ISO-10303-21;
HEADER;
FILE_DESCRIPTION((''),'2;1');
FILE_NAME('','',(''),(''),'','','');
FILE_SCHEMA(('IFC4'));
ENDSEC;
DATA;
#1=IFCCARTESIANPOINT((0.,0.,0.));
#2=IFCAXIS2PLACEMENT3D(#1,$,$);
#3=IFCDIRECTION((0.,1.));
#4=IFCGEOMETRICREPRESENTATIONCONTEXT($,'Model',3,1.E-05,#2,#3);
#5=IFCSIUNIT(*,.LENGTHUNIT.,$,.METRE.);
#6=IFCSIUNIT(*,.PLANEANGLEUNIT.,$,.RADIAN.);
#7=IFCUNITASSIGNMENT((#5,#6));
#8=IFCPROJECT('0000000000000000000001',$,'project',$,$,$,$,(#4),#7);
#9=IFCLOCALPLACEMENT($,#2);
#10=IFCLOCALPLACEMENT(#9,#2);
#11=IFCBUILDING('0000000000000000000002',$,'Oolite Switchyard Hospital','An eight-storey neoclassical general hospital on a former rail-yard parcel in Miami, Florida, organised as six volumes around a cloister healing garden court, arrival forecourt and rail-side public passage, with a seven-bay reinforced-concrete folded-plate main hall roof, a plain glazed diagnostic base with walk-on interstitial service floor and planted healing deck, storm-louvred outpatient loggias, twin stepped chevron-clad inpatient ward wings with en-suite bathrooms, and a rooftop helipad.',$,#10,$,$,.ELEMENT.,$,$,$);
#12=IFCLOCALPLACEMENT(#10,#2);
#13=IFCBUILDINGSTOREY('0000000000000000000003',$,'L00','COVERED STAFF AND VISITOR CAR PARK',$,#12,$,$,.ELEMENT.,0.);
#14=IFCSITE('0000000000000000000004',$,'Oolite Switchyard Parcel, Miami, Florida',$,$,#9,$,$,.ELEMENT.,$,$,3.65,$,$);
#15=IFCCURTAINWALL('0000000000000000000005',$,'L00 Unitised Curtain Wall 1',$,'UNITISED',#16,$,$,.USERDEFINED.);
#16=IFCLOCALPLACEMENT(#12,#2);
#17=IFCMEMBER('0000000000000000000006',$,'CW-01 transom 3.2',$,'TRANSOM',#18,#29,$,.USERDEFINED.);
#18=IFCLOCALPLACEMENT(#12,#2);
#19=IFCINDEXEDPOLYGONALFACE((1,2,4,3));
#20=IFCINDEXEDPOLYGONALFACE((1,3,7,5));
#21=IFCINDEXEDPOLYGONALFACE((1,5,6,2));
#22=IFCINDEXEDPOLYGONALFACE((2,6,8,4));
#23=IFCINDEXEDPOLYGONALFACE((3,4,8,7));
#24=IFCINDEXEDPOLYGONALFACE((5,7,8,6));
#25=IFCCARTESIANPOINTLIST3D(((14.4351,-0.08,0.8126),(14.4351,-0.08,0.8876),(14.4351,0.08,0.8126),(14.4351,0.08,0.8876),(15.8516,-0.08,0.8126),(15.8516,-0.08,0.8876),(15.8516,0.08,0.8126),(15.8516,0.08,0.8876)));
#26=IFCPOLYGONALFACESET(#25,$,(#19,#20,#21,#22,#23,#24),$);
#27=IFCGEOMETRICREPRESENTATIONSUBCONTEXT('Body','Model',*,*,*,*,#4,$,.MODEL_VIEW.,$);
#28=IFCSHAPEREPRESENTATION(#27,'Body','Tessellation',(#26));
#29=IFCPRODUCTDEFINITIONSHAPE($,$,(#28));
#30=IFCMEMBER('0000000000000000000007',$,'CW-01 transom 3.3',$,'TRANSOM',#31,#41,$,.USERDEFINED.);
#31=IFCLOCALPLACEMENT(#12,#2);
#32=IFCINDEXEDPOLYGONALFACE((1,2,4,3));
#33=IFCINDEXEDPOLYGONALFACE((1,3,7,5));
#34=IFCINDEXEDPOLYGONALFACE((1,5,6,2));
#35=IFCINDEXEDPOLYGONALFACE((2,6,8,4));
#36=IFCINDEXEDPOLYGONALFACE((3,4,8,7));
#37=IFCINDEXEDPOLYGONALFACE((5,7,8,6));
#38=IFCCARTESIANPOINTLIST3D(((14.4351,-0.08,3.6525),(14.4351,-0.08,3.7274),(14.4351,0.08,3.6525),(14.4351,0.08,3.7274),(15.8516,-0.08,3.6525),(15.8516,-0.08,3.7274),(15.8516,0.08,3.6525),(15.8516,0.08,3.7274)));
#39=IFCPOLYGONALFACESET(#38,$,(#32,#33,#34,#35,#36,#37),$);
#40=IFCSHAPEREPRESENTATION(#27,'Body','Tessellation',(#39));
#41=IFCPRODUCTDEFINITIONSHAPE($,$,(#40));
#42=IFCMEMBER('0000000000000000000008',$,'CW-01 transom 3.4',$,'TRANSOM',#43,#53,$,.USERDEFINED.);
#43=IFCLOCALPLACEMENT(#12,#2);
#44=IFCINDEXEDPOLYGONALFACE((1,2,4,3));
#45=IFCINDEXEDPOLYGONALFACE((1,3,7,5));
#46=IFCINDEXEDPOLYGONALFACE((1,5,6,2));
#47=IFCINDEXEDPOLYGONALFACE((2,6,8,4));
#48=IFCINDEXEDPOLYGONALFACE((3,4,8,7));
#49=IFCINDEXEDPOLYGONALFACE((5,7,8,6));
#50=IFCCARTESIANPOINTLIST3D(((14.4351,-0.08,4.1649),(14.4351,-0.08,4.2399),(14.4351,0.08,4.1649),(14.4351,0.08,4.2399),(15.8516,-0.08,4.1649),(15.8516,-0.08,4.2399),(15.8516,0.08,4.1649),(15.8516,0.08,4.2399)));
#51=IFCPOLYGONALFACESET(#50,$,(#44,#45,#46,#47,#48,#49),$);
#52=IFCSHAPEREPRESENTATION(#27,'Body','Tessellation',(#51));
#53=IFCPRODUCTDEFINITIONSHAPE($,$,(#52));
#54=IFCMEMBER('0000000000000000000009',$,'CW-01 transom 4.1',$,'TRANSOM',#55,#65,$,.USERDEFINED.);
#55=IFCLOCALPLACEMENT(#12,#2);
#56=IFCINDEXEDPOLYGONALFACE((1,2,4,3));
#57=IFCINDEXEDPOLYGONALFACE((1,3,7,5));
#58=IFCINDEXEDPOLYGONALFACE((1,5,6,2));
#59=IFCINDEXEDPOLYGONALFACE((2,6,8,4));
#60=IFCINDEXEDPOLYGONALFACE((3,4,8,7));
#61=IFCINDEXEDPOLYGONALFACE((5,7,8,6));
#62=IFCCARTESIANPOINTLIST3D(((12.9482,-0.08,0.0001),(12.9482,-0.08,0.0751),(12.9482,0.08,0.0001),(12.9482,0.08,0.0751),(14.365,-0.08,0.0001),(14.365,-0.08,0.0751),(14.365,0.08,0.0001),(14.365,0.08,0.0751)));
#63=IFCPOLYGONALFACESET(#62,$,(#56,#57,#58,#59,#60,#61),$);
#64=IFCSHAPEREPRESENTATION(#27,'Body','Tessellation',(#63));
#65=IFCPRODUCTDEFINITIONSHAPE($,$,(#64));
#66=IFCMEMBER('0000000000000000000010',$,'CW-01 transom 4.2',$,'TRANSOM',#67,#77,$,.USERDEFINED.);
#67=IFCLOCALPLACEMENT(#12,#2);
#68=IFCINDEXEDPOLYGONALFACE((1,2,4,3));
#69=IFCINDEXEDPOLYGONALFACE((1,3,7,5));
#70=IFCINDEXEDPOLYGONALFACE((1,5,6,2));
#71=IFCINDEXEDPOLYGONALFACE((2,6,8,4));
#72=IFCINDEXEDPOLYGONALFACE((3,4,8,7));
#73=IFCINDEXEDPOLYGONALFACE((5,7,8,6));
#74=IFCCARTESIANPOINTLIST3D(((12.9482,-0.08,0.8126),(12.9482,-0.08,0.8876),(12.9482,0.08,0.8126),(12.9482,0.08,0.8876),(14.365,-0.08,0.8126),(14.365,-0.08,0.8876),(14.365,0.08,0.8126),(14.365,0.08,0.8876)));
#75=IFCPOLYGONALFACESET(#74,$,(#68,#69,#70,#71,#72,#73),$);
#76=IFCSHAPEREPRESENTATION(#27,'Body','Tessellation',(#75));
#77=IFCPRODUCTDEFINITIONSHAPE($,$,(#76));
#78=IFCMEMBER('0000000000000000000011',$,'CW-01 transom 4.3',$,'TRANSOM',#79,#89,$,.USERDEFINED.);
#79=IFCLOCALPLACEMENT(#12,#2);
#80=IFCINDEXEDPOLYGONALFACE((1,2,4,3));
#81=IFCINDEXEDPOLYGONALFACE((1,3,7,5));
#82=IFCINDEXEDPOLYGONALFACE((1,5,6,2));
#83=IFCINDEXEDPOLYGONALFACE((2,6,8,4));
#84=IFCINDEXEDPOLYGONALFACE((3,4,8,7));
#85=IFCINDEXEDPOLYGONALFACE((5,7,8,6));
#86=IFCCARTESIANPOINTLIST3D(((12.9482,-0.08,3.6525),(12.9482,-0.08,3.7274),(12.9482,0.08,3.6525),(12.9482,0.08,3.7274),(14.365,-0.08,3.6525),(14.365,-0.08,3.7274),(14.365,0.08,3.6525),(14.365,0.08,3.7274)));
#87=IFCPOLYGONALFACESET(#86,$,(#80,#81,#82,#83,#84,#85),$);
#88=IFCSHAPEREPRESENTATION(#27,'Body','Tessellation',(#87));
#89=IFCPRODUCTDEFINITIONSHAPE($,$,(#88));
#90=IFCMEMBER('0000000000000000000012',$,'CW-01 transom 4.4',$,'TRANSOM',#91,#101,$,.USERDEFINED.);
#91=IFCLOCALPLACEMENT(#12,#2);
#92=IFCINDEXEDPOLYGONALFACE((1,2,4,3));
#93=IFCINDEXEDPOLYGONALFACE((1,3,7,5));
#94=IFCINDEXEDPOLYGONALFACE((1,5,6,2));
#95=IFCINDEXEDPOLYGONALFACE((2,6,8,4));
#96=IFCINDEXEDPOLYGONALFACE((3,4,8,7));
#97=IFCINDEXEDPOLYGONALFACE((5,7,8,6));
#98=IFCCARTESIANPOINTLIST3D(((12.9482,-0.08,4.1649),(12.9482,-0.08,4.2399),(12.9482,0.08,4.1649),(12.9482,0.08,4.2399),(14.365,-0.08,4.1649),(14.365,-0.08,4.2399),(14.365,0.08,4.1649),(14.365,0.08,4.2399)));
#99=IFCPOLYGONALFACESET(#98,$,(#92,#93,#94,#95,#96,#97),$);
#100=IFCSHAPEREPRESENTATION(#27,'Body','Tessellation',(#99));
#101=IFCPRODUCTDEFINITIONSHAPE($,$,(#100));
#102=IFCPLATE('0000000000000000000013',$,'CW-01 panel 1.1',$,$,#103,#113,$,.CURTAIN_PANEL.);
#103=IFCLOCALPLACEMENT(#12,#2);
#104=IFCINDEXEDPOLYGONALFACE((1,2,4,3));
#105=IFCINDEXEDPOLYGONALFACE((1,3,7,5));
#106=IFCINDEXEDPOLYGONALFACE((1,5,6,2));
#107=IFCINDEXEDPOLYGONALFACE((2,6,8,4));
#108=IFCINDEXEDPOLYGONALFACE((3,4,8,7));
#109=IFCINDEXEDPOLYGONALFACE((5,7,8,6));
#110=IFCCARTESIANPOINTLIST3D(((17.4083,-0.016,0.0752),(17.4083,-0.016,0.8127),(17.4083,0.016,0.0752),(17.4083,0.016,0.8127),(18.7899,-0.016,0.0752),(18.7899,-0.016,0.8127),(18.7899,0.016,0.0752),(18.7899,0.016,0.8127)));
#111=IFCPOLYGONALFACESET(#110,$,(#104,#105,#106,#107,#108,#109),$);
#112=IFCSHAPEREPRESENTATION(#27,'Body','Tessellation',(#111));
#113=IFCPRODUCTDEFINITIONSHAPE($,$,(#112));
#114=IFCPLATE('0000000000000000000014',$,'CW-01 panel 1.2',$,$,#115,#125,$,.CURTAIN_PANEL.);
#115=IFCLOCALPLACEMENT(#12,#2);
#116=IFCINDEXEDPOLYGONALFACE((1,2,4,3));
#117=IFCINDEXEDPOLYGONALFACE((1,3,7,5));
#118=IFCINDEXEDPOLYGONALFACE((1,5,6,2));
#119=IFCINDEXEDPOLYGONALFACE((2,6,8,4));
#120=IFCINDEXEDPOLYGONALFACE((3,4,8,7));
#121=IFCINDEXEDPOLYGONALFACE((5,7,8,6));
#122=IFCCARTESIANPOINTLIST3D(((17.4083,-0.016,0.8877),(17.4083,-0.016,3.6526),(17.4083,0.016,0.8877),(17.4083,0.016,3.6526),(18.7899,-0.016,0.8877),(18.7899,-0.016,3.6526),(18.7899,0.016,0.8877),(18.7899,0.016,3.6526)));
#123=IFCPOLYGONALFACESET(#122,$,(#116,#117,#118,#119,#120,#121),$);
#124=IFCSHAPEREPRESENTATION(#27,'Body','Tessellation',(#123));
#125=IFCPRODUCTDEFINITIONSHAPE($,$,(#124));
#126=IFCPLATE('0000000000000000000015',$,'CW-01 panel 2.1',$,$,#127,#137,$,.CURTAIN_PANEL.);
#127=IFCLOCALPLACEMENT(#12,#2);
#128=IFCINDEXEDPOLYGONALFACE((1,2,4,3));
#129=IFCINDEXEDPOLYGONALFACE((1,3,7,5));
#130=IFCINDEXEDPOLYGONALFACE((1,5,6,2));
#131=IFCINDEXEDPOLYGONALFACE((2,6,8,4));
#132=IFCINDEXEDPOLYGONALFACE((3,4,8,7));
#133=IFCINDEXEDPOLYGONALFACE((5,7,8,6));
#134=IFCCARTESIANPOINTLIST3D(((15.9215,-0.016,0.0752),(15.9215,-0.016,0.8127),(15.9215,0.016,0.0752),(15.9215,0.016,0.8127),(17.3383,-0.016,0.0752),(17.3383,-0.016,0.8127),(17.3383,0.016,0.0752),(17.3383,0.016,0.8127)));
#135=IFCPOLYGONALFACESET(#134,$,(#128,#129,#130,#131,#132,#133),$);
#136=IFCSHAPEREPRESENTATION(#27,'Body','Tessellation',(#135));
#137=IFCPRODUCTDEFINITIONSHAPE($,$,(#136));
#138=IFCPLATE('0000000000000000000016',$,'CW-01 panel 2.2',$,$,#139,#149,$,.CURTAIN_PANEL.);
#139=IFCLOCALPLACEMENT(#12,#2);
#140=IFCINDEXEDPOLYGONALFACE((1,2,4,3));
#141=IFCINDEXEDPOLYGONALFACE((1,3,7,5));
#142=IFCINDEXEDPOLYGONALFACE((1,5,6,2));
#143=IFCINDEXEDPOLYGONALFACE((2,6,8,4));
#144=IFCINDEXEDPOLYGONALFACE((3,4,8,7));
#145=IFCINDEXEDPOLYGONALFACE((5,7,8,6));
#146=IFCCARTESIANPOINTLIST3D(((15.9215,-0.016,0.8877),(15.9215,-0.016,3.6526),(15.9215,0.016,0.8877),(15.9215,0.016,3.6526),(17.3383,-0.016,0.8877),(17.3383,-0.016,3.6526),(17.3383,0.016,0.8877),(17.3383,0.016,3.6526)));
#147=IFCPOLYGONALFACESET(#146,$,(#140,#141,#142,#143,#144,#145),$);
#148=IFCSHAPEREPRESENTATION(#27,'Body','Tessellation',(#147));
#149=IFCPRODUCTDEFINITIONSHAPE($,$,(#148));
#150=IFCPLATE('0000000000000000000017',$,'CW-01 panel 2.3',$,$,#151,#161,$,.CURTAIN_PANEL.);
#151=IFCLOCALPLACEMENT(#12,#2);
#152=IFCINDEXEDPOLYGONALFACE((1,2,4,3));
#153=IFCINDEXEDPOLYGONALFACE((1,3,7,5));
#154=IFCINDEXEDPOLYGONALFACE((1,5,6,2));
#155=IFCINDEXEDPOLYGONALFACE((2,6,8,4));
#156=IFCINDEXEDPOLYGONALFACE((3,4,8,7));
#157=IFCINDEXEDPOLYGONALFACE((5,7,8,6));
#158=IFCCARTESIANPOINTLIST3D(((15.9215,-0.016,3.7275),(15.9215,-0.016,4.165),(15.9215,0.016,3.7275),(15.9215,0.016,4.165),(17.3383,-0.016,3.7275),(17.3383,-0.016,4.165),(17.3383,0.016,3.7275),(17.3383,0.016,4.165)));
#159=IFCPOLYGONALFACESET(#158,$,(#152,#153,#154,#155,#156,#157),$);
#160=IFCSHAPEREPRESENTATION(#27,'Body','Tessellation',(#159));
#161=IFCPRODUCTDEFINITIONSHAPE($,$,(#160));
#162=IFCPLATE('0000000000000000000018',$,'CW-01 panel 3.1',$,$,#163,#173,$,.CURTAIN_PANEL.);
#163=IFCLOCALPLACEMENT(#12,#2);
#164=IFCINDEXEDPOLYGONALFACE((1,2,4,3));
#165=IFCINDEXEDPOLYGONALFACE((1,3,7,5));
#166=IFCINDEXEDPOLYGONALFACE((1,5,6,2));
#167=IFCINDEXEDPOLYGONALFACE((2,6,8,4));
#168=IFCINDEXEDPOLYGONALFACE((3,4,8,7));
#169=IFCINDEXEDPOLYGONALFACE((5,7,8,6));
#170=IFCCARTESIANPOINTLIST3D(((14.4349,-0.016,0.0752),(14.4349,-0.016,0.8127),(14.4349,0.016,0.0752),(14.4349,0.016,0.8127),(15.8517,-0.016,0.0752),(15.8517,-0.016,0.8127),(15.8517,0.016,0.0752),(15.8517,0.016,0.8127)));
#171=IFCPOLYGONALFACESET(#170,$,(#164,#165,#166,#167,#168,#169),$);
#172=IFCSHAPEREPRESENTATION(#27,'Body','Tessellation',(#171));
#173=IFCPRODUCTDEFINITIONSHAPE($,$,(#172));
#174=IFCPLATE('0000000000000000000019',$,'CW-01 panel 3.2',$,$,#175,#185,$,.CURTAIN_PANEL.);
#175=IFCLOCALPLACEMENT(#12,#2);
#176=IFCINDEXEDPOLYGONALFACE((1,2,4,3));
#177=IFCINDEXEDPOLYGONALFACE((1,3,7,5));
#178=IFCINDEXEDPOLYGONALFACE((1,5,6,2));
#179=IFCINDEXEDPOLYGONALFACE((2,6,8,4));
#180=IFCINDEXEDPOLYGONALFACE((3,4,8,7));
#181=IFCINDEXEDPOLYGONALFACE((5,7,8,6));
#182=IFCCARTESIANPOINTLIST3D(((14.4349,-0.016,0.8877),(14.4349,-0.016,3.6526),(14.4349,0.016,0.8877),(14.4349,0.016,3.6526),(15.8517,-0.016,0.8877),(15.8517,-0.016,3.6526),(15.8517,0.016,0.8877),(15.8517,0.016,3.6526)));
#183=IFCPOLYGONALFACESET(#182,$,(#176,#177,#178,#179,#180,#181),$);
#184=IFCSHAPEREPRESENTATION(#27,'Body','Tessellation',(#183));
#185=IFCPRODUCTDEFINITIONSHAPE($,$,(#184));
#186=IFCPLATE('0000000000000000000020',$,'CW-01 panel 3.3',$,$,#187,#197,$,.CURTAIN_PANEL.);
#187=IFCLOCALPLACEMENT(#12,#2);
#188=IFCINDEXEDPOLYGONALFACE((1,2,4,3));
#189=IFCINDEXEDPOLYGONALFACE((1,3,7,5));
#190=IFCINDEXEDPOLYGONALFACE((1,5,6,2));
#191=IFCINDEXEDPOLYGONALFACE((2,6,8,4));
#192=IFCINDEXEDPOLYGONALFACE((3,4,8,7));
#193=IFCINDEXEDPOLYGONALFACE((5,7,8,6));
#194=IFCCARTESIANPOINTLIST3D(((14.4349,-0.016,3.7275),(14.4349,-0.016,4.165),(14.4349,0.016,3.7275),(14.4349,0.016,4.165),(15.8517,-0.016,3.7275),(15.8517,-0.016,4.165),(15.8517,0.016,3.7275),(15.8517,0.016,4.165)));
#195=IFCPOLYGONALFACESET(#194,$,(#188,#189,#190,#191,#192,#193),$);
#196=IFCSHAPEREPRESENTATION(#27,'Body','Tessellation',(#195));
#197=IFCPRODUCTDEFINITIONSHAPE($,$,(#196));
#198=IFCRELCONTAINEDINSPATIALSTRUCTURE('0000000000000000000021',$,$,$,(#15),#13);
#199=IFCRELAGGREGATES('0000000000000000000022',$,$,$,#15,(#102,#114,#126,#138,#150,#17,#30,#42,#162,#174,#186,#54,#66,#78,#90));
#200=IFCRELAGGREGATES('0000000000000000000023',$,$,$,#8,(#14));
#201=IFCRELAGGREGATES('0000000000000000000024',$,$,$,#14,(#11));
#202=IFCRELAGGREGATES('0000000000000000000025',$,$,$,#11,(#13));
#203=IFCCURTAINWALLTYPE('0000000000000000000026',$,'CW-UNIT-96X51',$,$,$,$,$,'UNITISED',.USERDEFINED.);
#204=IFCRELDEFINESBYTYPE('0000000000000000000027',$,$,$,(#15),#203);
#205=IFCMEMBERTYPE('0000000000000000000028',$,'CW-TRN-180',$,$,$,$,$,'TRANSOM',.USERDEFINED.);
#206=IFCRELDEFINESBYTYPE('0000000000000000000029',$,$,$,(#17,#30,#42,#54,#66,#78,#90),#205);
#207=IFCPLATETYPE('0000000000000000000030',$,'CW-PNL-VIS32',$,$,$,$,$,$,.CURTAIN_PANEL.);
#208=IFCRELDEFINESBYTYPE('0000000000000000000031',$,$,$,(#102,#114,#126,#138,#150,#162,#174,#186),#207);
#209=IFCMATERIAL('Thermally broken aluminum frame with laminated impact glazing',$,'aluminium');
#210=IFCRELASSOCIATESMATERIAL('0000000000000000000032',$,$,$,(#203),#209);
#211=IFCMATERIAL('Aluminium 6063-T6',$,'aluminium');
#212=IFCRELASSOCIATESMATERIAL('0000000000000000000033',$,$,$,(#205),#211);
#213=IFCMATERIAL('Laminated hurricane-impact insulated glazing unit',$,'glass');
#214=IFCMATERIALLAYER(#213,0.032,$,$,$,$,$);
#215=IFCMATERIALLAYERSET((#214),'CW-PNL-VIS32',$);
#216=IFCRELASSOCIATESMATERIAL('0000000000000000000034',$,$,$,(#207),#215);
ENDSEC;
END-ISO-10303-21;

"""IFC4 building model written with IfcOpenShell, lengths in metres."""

from ifc_helpers import new_model, si_unit, direction, frame, origin, origin_2d, place, context, subcontext, project, spatial, rectangle, extrude, material, layer, layer_set, material_profile, profile_set, type_object, element, aggregate, save


model = new_model("IFC4")

# Units and contexts
model_context = context("Model", 3, precision=1e-05, world=origin(), true_north=direction((0.0, 1.0)))
body_context = subcontext(model_context, "Body", "Model", "MODEL_VIEW")
ifc_project = project(units=[si_unit("LENGTHUNIT", "METRE"), si_unit("PLANEANGLEUNIT", "RADIAN")], contexts=[model_context])

# Site, building, storey
site_placement = place(None, origin())
site = spatial("IfcSite", under=ifc_project, at=site_placement, Name="Oolite Switchyard Parcel, Miami, Florida", CompositionType="ELEMENT", RefElevation=3.65)
building_placement = place(site_placement, origin())
building = spatial("IfcBuilding", under=site, at=building_placement, Name="Oolite Switchyard Hospital", Description="An eight-storey neoclassical general hospital on a former rail-yard parcel in Miami, Florida, organised as six volumes around a cloister healing garden court, arrival forecourt and rail-side public passage, with a seven-bay reinforced-concrete folded-plate main hall roof, a plain glazed diagnostic base with walk-on interstitial service floor and planted healing deck, storm-louvred outpatient loggias, twin stepped chevron-clad inpatient ward wings with en-suite bathrooms, and a rooftop helipad.", CompositionType="ELEMENT")
storey_placement = place(building_placement, origin())
storey = spatial("IfcBuildingStorey", under=building, at=storey_placement, Name="L00", Description="COVERED STAFF AND VISITOR CAR PARK", CompositionType="ELEMENT", Elevation=0.0)

# Curtain wall, members, plates
ifc_material_1 = material(Name="Thermally broken aluminum frame with laminated impact glazing", Category="aluminium")
curtain_wall_type = type_object("IfcCurtainWallType", Name="CW-UNIT-96X51", ElementType="UNITISED", PredefinedType="USERDEFINED", material=ifc_material_1)
curtain_wall_placement = place(storey_placement, origin())
curtain_wall = element("IfcCurtainWall", 1, at=curtain_wall_placement, inside=storey, type_object=curtain_wall_type, Name="L00 Unitised Curtain Wall 1", ObjectType="UNITISED", PredefinedType="USERDEFINED")
ifc_material_2 = material(Name="Aluminium 6063-T6", Category="aluminium")
ifc_material_profile_1 = material_profile(ifc_material_2, rectangle(XDim=0.1599, YDim=0.075, at=origin_2d()), Name="CWT75X160")
ifc_profile_set_1 = profile_set([ifc_material_profile_1], Name="Aluminium 6063-T6")
member_type_1 = type_object("IfcMemberType", Name="CW-TRN-180", ElementType="TRANSOM", PredefinedType="USERDEFINED", material=ifc_profile_set_1)
member_1_placement = place(storey_placement, frame((15.8516, 0.0, 0.8501), z_axis=(-1.0, 0.0, 0.0), x_axis=(0.0, -1.0, 0.0)))
member_1 = element("IfcMember", 2, at=member_1_placement, type_object=member_type_1, Name="CW-01 transom 3.2", ObjectType="TRANSOM", PredefinedType="USERDEFINED", context=body_context, shape_type="SweptSolid", body=[
    extrude(rectangle(XDim=0.1599, YDim=0.075, at=origin_2d()), origin(), (0.0, 0.0, 1.0), 1.4165),
])
member_2_placement = place(storey_placement, frame((15.8516, 0.0, 3.6899), z_axis=(-1.0, 0.0, 0.0), x_axis=(0.0, -1.0, 0.0)))
member_2 = element("IfcMember", 3, at=member_2_placement, type_object=member_type_1, Name="CW-01 transom 3.3", ObjectType="TRANSOM", PredefinedType="USERDEFINED", context=body_context, shape_type="SweptSolid", body=[
    extrude(rectangle(XDim=0.1599, YDim=0.075, at=origin_2d()), origin(), (0.0, 0.0, 1.0), 1.4165),
])
member_3_placement = place(storey_placement, frame((15.8516, 0.0, 4.2024), z_axis=(-1.0, 0.0, 0.0), x_axis=(0.0, -1.0, 0.0)))
member_3 = element("IfcMember", 4, at=member_3_placement, type_object=member_type_1, Name="CW-01 transom 3.4", ObjectType="TRANSOM", PredefinedType="USERDEFINED", context=body_context, shape_type="SweptSolid", body=[
    extrude(rectangle(XDim=0.1599, YDim=0.075, at=origin_2d()), origin(), (0.0, 0.0, 1.0), 1.4165),
])
member_4_placement = place(storey_placement, frame((14.365, 0.0, 0.0376), z_axis=(-1.0, 0.0, 0.0), x_axis=(0.0, -1.0, 0.0)))
member_4 = element("IfcMember", 5, at=member_4_placement, type_object=member_type_1, Name="CW-01 transom 4.1", ObjectType="TRANSOM", PredefinedType="USERDEFINED", context=body_context, shape_type="SweptSolid", body=[
    extrude(rectangle(XDim=0.1599, YDim=0.075, at=origin_2d()), origin(), (0.0, 0.0, 1.0), 1.4167),
])
member_5_placement = place(storey_placement, frame((14.365, 0.0, 0.8501), z_axis=(-1.0, 0.0, 0.0), x_axis=(0.0, -1.0, 0.0)))
member_5 = element("IfcMember", 6, at=member_5_placement, type_object=member_type_1, Name="CW-01 transom 4.2", ObjectType="TRANSOM", PredefinedType="USERDEFINED", context=body_context, shape_type="SweptSolid", body=[
    extrude(rectangle(XDim=0.1599, YDim=0.075, at=origin_2d()), origin(), (0.0, 0.0, 1.0), 1.4167),
])
member_6_placement = place(storey_placement, frame((14.365, 0.0, 3.6899), z_axis=(-1.0, 0.0, 0.0), x_axis=(0.0, -1.0, 0.0)))
member_6 = element("IfcMember", 7, at=member_6_placement, type_object=member_type_1, Name="CW-01 transom 4.3", ObjectType="TRANSOM", PredefinedType="USERDEFINED", context=body_context, shape_type="SweptSolid", body=[
    extrude(rectangle(XDim=0.1599, YDim=0.075, at=origin_2d()), origin(), (0.0, 0.0, 1.0), 1.4167),
])
member_7_placement = place(storey_placement, frame((14.365, 0.0, 4.2024), z_axis=(-1.0, 0.0, 0.0), x_axis=(0.0, -1.0, 0.0)))
member_7 = element("IfcMember", 8, at=member_7_placement, type_object=member_type_1, Name="CW-01 transom 4.4", ObjectType="TRANSOM", PredefinedType="USERDEFINED", context=body_context, shape_type="SweptSolid", body=[
    extrude(rectangle(XDim=0.1599, YDim=0.075, at=origin_2d()), origin(), (0.0, 0.0, 1.0), 1.4167),
])
ifc_material_3 = material(Name="Laminated hurricane-impact insulated glazing unit", Category="glass")
ifc_layer = layer(ifc_material_3, 0.032)
ifc_layer_set = layer_set([ifc_layer], Name="CW-PNL-VIS32")
plate_type = type_object("IfcPlateType", Name="CW-PNL-VIS32", PredefinedType="CURTAIN_PANEL", material=ifc_layer_set)
plate_1_placement = place(storey_placement, frame((18.0991, 0.0, 0.0752), z_axis=(0.0, 0.0, 1.0), x_axis=(-1.0, 0.0, 0.0)))
plate_1 = element("IfcPlate", 9, at=plate_1_placement, type_object=plate_type, Name="CW-01 panel 1.1", PredefinedType="CURTAIN_PANEL", context=body_context, shape_type="SweptSolid", body=[
    extrude(rectangle(XDim=1.3816, YDim=0.032, at=origin_2d()), origin(), (0.0, 0.0, 1.0), 0.7375),
])
plate_2_placement = place(storey_placement, frame((18.0991, 0.0, 0.8877), z_axis=(0.0, 0.0, 1.0), x_axis=(-1.0, 0.0, 0.0)))
plate_2 = element("IfcPlate", 10, at=plate_2_placement, type_object=plate_type, Name="CW-01 panel 1.2", PredefinedType="CURTAIN_PANEL", context=body_context, shape_type="SweptSolid", body=[
    extrude(rectangle(XDim=1.3816, YDim=0.032, at=origin_2d()), origin(), (0.0, 0.0, 1.0), 2.7649),
])
plate_3_placement = place(storey_placement, frame((16.6299, 0.0, 0.0752), z_axis=(0.0, 0.0, 1.0), x_axis=(-1.0, 0.0, 0.0)))
plate_3 = element("IfcPlate", 11, at=plate_3_placement, type_object=plate_type, Name="CW-01 panel 2.1", PredefinedType="CURTAIN_PANEL", context=body_context, shape_type="SweptSolid", body=[
    extrude(rectangle(XDim=1.4167, YDim=0.032, at=origin_2d()), origin(), (0.0, 0.0, 1.0), 0.7375),
])
plate_4_placement = place(storey_placement, frame((16.6299, 0.0, 0.8877), z_axis=(0.0, 0.0, 1.0), x_axis=(-1.0, 0.0, 0.0)))
plate_4 = element("IfcPlate", 12, at=plate_4_placement, type_object=plate_type, Name="CW-01 panel 2.2", PredefinedType="CURTAIN_PANEL", context=body_context, shape_type="SweptSolid", body=[
    extrude(rectangle(XDim=1.4167, YDim=0.032, at=origin_2d()), origin(), (0.0, 0.0, 1.0), 2.7649),
])
plate_5_placement = place(storey_placement, frame((16.6299, 0.0, 3.7275), z_axis=(0.0, 0.0, 1.0), x_axis=(-1.0, 0.0, 0.0)))
plate_5 = element("IfcPlate", 13, at=plate_5_placement, type_object=plate_type, Name="CW-01 panel 2.3", PredefinedType="CURTAIN_PANEL", context=body_context, shape_type="SweptSolid", body=[
    extrude(rectangle(XDim=1.4167, YDim=0.032, at=origin_2d()), origin(), (0.0, 0.0, 1.0), 0.4375),
])
plate_6_placement = place(storey_placement, frame((15.1433, 0.0, 0.0752), z_axis=(0.0, 0.0, 1.0), x_axis=(-1.0, 0.0, 0.0)))
plate_6 = element("IfcPlate", 14, at=plate_6_placement, type_object=plate_type, Name="CW-01 panel 3.1", PredefinedType="CURTAIN_PANEL", context=body_context, shape_type="SweptSolid", body=[
    extrude(rectangle(XDim=1.4167, YDim=0.032, at=origin_2d()), origin(), (0.0, 0.0, 1.0), 0.7375),
])
plate_7_placement = place(storey_placement, frame((15.1433, 0.0, 0.8877), z_axis=(0.0, 0.0, 1.0), x_axis=(-1.0, 0.0, 0.0)))
plate_7 = element("IfcPlate", 15, at=plate_7_placement, type_object=plate_type, Name="CW-01 panel 3.2", PredefinedType="CURTAIN_PANEL", context=body_context, shape_type="SweptSolid", body=[
    extrude(rectangle(XDim=1.4167, YDim=0.032, at=origin_2d()), origin(), (0.0, 0.0, 1.0), 2.7649),
])
plate_8_placement = place(storey_placement, frame((15.1433, 0.0, 3.7275), z_axis=(0.0, 0.0, 1.0), x_axis=(-1.0, 0.0, 0.0)))
plate_8 = element("IfcPlate", 16, at=plate_8_placement, type_object=plate_type, Name="CW-01 panel 3.3", PredefinedType="CURTAIN_PANEL", context=body_context, shape_type="SweptSolid", body=[
    extrude(rectangle(XDim=1.4167, YDim=0.032, at=origin_2d()), origin(), (0.0, 0.0, 1.0), 0.4375),
])
aggregate(curtain_wall, [plate_1, plate_2, plate_3, plate_4, plate_5, member_1, member_2, member_3, plate_6, plate_7, plate_8, member_4, member_5, member_6, member_7])

save(model, "model.ifc")
